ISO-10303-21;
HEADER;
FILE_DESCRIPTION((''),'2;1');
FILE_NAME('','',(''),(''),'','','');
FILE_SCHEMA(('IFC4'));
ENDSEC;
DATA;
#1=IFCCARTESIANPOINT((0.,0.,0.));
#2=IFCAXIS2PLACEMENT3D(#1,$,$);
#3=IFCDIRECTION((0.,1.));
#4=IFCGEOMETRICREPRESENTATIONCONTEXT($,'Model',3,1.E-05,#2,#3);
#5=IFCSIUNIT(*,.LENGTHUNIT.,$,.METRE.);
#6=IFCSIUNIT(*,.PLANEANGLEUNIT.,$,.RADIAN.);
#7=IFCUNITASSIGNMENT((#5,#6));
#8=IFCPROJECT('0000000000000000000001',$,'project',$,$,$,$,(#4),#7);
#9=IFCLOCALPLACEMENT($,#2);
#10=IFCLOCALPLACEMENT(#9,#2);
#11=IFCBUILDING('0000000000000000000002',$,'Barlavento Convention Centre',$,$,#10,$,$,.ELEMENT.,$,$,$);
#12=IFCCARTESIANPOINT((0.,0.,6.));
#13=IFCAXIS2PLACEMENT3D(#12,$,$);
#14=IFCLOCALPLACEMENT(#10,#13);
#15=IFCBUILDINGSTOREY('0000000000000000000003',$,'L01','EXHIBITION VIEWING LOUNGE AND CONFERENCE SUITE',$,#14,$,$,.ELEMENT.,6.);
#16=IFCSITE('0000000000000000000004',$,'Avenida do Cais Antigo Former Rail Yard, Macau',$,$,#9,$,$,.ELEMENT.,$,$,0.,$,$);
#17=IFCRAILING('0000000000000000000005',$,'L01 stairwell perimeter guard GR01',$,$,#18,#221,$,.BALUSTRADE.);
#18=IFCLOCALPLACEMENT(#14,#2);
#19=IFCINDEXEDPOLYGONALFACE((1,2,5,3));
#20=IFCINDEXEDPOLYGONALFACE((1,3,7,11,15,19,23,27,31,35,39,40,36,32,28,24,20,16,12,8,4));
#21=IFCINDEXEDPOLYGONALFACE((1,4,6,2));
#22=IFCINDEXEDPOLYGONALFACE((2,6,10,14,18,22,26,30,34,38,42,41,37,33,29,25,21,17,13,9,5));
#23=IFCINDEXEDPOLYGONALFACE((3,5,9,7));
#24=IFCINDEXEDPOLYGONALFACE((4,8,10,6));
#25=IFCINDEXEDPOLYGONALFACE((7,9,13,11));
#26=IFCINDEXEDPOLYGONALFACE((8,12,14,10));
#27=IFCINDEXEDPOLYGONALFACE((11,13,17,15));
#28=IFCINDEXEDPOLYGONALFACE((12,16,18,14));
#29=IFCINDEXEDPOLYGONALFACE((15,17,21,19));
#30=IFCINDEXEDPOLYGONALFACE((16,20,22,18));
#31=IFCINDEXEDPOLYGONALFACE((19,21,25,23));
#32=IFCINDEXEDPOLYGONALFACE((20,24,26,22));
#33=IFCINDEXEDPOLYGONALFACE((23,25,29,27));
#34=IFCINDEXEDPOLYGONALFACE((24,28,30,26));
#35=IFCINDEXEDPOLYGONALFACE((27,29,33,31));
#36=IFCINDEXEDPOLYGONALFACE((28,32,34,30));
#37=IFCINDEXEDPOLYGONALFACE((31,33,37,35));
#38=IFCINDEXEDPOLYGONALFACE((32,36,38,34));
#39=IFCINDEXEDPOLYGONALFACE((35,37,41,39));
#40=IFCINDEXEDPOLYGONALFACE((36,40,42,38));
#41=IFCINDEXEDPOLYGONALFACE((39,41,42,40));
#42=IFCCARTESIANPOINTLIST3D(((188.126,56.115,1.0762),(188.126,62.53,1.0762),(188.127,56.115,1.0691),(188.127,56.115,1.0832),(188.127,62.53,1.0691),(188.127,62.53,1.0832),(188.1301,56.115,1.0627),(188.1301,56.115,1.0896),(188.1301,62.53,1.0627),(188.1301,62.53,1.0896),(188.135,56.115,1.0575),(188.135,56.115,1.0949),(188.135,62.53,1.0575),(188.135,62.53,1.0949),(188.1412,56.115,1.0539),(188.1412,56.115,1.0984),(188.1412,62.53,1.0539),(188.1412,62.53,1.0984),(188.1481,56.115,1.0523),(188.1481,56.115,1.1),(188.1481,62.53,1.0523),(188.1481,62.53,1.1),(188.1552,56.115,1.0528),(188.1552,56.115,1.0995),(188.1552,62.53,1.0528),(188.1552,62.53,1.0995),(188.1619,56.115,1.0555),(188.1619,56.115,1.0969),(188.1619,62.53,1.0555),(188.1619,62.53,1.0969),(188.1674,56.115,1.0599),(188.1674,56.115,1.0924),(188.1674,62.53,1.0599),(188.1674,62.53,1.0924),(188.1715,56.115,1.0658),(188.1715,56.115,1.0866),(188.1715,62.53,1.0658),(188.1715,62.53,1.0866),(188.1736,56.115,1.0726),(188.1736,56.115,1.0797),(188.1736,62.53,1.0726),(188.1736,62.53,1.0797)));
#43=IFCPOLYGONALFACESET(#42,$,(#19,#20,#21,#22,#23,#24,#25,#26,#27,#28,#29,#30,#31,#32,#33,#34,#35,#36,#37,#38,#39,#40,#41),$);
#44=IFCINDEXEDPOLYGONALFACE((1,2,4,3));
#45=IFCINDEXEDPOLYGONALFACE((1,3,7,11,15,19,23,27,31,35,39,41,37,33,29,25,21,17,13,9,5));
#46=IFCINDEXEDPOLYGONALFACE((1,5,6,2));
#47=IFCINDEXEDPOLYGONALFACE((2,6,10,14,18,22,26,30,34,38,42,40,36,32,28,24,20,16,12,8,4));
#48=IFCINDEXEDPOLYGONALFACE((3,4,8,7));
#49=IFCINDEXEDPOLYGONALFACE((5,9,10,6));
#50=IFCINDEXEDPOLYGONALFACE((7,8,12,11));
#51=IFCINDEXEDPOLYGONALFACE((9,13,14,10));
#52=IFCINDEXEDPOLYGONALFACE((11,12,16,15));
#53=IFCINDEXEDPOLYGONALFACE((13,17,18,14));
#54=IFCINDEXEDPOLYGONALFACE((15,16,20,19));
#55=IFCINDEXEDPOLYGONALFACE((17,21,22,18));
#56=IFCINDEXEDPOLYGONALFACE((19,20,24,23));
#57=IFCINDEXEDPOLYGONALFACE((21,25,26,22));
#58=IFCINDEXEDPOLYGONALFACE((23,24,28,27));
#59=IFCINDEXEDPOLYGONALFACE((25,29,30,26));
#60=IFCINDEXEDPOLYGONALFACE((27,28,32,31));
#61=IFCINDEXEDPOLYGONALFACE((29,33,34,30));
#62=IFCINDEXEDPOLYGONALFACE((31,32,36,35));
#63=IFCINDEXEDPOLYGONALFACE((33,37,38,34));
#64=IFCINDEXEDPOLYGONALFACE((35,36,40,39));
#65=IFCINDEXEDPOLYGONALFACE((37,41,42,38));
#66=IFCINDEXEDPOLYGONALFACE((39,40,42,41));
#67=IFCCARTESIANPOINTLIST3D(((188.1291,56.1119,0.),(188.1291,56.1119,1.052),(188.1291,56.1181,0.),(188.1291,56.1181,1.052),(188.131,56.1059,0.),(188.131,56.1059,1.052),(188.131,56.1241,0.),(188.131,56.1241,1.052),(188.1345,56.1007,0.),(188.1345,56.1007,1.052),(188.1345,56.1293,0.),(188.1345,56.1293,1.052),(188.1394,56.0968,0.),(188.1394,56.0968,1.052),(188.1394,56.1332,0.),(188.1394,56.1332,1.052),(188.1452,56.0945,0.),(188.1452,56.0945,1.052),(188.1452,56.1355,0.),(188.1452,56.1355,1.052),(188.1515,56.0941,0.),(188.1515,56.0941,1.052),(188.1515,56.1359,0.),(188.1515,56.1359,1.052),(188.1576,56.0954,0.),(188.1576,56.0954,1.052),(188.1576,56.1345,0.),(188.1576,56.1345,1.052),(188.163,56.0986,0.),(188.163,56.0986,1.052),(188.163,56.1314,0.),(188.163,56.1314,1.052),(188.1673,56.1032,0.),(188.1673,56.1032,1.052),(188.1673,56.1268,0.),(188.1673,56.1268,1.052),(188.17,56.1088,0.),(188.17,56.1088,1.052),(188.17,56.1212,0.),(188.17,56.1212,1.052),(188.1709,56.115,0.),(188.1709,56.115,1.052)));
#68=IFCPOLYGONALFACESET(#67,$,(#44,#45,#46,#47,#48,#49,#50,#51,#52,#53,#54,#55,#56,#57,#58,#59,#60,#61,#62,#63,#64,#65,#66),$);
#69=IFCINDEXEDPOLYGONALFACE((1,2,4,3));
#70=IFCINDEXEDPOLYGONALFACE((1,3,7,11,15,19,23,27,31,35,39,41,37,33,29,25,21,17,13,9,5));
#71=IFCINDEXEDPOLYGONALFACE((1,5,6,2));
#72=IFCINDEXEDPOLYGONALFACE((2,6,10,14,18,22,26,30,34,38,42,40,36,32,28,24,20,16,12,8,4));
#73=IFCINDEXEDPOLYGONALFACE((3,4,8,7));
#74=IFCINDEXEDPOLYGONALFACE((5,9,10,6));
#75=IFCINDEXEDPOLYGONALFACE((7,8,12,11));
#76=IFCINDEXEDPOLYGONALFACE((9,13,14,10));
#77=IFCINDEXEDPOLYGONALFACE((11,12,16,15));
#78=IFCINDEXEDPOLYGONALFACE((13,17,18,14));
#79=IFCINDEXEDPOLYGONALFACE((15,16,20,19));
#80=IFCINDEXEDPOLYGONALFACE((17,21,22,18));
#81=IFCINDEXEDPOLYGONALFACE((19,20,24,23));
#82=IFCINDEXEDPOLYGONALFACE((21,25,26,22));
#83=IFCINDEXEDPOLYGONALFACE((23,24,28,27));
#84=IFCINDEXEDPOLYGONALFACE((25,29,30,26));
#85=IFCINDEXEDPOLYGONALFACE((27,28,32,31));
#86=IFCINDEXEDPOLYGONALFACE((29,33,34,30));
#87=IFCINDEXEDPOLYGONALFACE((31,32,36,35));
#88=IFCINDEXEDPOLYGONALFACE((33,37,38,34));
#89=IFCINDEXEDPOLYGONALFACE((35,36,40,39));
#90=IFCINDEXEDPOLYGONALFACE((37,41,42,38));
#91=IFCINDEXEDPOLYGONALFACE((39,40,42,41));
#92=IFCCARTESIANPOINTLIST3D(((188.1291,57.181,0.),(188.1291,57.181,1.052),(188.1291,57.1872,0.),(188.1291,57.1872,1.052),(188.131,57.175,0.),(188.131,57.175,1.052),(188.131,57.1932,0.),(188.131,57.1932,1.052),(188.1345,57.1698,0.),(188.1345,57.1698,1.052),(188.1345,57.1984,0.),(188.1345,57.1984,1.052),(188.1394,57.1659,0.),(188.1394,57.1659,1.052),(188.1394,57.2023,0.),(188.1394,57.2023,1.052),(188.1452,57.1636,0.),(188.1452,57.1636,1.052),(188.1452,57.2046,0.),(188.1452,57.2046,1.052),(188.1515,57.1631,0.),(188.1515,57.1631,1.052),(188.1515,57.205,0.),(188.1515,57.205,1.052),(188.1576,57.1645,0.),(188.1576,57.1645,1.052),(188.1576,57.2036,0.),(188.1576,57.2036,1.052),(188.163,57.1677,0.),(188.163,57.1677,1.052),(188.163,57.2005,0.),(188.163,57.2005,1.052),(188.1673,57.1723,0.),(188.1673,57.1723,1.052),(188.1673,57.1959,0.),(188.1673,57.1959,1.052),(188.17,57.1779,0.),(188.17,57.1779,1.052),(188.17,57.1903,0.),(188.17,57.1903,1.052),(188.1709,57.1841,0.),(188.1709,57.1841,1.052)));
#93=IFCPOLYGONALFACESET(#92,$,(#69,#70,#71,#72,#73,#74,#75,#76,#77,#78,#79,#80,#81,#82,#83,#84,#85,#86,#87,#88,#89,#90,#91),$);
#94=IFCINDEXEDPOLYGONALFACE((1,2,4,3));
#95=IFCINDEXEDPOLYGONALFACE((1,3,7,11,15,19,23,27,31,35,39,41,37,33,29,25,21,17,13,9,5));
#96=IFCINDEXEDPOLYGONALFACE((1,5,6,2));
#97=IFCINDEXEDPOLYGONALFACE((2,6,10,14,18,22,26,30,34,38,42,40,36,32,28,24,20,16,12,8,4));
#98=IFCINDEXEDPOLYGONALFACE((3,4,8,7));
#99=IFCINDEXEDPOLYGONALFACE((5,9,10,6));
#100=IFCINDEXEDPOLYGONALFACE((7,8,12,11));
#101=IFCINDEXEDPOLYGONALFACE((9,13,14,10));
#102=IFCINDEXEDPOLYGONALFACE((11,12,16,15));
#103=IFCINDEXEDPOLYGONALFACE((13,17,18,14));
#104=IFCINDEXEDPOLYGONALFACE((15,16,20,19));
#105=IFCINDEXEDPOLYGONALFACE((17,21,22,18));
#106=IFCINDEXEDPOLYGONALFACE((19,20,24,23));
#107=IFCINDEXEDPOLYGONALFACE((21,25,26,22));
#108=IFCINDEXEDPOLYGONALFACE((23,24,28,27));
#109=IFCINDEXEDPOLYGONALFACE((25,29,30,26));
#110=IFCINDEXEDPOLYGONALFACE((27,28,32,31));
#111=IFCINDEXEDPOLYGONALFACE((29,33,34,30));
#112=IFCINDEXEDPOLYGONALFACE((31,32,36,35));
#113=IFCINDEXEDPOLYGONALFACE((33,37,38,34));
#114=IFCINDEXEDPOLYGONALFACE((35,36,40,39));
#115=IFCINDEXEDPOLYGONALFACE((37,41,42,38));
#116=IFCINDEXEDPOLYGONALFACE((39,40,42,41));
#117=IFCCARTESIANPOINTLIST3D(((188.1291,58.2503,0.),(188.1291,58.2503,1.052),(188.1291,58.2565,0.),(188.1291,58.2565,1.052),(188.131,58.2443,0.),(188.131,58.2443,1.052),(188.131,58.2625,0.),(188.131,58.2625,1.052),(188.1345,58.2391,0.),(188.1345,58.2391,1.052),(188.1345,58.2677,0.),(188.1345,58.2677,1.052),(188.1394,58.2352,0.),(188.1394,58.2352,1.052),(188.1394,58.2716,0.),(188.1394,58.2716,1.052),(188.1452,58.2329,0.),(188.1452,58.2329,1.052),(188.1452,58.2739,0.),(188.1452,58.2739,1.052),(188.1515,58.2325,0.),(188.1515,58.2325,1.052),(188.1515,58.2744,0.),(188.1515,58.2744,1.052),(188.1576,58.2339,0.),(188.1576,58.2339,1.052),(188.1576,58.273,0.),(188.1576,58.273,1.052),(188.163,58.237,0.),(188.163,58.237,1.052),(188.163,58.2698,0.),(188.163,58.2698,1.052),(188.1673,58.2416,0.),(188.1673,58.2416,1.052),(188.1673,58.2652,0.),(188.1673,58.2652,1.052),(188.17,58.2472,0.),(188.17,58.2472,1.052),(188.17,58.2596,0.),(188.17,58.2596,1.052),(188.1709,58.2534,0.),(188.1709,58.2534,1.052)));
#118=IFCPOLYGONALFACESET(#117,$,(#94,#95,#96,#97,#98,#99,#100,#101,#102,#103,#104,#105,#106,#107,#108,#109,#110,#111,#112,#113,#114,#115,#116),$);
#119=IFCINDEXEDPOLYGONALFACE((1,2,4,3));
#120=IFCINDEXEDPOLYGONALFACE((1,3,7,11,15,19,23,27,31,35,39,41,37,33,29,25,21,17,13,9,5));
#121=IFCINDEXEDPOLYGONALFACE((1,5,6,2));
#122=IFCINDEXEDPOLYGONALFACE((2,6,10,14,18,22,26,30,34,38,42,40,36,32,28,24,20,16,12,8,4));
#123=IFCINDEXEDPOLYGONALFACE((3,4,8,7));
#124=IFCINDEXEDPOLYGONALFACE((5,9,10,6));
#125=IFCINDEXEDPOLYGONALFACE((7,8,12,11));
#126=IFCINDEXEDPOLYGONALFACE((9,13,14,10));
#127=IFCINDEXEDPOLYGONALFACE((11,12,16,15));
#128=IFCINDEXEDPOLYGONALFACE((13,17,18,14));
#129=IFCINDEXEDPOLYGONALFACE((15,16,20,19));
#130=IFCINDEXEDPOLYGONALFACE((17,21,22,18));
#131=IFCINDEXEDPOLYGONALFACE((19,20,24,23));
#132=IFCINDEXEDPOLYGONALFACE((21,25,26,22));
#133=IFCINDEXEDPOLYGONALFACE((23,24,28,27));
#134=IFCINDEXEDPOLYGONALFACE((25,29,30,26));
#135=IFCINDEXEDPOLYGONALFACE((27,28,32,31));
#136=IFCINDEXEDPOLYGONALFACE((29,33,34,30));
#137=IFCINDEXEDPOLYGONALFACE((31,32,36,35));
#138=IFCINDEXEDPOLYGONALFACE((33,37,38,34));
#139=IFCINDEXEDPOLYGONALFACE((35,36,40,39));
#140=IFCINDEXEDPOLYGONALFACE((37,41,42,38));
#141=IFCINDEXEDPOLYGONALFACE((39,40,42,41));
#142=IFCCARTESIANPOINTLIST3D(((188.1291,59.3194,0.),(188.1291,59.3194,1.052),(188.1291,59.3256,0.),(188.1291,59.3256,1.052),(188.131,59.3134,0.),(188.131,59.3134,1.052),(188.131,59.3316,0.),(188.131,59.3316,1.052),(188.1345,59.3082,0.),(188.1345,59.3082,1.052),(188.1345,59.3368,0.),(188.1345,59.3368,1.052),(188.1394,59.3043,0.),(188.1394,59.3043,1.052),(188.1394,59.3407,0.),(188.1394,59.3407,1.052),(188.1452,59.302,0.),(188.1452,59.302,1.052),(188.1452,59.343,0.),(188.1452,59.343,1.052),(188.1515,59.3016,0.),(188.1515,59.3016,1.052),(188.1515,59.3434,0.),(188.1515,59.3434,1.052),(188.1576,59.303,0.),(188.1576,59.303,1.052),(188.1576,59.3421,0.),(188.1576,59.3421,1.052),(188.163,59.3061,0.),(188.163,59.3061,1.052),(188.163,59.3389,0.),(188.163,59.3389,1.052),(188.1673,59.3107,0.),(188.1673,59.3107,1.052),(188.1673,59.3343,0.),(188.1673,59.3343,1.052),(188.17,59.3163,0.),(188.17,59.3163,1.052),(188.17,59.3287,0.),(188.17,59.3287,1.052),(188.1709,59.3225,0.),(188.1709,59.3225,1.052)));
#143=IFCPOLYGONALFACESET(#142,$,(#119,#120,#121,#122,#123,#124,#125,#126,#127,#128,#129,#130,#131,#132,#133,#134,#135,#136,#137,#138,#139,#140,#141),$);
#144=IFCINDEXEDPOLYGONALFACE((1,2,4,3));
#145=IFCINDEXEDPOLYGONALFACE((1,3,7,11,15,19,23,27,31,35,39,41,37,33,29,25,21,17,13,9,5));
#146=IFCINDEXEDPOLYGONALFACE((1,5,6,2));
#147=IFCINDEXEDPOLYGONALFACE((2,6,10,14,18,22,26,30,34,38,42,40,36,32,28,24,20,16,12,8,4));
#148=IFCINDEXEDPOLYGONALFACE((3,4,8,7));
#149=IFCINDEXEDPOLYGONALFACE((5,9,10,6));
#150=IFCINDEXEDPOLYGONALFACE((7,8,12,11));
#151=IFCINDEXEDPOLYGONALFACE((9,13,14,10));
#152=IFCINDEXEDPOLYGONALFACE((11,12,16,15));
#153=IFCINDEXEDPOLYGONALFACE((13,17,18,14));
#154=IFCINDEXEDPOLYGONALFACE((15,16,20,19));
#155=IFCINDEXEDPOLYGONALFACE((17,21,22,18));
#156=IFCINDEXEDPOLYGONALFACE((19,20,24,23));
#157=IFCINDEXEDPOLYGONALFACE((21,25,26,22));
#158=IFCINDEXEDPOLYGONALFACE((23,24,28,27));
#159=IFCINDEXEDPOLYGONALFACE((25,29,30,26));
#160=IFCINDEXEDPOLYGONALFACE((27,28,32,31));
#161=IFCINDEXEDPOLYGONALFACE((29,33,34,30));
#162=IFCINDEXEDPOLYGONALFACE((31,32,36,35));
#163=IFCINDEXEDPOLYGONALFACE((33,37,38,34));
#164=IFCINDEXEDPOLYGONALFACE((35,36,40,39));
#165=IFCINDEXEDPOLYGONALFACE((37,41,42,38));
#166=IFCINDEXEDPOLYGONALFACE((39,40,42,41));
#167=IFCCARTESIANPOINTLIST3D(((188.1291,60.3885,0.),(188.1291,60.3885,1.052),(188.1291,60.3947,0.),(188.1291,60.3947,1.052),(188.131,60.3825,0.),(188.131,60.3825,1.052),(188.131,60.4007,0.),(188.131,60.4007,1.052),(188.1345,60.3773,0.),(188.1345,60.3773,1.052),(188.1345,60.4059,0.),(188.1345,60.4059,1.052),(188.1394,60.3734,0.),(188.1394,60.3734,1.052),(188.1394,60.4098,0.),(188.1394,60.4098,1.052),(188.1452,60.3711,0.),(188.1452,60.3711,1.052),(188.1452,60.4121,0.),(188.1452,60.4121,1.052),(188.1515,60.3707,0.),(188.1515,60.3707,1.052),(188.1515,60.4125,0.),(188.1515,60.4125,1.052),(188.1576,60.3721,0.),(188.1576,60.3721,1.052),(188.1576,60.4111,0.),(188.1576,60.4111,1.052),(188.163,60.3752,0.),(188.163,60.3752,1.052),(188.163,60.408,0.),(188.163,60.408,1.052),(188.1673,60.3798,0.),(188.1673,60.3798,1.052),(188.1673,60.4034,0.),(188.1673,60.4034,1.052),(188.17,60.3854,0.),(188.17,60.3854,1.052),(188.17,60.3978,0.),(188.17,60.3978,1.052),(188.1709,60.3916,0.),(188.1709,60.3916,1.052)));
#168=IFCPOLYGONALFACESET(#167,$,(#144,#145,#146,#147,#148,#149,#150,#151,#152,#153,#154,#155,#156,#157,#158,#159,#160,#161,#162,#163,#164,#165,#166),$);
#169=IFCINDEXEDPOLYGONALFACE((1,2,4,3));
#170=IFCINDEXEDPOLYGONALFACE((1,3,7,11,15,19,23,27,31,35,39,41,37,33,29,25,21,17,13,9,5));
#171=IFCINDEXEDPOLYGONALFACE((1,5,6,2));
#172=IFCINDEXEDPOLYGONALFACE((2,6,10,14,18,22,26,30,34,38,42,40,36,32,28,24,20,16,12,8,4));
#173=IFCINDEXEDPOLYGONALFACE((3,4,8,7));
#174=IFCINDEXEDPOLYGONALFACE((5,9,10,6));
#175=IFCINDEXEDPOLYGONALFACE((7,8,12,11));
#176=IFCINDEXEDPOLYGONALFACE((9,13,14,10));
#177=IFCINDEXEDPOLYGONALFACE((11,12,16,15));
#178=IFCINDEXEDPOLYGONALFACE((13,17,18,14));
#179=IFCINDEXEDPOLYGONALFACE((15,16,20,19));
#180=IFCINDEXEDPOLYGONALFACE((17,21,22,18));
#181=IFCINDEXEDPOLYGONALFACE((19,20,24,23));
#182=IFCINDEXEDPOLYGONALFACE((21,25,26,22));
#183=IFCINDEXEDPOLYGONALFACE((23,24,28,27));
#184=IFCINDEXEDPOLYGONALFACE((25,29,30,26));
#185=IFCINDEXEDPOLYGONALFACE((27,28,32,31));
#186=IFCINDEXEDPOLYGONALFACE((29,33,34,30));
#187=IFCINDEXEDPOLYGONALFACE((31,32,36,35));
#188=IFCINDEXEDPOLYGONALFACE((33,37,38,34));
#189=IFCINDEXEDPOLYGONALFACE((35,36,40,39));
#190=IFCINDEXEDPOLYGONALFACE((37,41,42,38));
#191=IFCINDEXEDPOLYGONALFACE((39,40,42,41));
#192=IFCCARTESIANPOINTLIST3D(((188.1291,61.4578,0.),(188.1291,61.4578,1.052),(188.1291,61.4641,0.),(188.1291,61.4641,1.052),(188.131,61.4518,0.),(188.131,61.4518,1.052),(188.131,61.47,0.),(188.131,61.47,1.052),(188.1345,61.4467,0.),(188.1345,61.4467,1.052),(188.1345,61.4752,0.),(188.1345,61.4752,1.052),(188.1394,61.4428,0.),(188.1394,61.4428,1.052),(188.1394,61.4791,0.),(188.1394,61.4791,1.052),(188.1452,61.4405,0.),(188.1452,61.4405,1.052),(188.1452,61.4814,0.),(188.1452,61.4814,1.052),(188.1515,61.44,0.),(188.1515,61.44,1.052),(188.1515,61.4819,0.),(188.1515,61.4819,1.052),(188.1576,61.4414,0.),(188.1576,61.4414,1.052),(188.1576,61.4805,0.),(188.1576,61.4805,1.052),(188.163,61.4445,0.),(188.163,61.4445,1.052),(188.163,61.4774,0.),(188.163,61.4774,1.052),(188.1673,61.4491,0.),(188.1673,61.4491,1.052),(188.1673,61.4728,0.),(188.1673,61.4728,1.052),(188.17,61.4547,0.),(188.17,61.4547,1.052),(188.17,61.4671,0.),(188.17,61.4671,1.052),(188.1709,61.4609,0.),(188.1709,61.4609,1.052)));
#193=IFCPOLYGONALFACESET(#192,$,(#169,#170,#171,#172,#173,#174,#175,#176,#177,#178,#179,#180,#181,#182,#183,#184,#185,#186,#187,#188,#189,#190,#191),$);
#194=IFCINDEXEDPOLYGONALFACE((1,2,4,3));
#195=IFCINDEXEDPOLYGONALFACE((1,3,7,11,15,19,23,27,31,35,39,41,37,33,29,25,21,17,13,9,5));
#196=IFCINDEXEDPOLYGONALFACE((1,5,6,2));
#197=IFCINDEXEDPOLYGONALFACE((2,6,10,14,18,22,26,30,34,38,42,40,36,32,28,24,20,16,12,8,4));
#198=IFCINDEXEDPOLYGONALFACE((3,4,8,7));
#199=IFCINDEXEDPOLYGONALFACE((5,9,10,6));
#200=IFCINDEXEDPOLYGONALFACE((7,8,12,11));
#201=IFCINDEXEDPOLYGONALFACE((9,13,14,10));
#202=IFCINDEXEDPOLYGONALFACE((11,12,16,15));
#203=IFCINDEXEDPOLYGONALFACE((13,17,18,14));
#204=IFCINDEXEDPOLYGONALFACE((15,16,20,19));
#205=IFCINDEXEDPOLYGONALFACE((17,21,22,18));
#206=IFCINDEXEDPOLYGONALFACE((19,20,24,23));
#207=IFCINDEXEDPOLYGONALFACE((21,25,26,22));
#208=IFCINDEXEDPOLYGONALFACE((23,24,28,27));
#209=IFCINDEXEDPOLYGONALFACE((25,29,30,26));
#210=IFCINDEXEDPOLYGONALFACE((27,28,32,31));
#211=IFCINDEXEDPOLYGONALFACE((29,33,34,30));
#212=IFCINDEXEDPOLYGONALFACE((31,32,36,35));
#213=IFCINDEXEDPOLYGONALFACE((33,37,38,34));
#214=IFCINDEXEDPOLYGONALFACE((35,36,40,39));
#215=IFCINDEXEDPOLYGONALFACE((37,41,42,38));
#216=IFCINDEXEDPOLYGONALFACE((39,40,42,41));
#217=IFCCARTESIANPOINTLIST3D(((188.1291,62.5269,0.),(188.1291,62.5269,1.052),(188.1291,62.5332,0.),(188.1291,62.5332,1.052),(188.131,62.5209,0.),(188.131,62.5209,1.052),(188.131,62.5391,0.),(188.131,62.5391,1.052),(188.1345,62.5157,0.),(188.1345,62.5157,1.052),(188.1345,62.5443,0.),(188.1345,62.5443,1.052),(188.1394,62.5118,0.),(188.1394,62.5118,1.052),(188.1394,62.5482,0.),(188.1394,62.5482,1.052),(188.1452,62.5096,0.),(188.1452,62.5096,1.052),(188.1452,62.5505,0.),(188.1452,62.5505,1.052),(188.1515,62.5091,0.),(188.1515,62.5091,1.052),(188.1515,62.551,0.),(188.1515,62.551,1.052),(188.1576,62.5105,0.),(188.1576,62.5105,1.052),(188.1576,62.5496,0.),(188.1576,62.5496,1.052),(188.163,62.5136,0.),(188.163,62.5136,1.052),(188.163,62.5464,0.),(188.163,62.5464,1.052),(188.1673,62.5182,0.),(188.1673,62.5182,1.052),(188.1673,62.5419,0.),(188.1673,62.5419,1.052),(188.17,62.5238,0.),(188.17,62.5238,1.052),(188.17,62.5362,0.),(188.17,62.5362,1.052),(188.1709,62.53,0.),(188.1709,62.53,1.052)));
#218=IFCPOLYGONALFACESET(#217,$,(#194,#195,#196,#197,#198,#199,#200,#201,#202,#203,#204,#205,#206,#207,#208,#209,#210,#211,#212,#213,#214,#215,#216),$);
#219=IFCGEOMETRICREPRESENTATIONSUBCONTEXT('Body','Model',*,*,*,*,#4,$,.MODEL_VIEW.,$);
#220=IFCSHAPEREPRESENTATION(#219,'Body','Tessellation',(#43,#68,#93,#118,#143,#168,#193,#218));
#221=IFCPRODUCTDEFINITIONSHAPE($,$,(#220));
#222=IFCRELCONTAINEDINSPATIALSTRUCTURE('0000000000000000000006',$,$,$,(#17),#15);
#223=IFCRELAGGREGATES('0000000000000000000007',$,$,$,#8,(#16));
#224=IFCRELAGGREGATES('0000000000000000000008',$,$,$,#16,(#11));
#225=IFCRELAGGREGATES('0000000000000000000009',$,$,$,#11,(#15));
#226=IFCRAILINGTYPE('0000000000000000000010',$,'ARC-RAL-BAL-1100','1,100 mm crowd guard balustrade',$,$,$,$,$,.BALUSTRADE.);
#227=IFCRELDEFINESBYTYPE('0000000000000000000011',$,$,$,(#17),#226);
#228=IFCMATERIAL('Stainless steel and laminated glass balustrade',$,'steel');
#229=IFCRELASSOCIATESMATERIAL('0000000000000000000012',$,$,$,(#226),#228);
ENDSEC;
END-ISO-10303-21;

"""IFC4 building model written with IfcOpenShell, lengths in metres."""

from ifc_helpers import new_model, si_unit, direction, frame, origin, origin_2d, place, context, subcontext, project, spatial, circle, extrude, material, type_object, element, save


model = new_model("IFC4")

# Units and contexts
model_context = context("Model", 3, precision=1e-05, world=origin(), true_north=direction((0.0, 1.0)))
body_context = subcontext(model_context, "Body", "Model", "MODEL_VIEW")
ifc_project = project(units=[si_unit("LENGTHUNIT", "METRE"), si_unit("PLANEANGLEUNIT", "RADIAN")], contexts=[model_context])

# Site, building, storey
site_placement = place(None, origin())
site = spatial("IfcSite", under=ifc_project, at=site_placement, Name="Avenida do Cais Antigo Former Rail Yard, Macau", CompositionType="ELEMENT", RefElevation=0.0)
building_placement = place(site_placement, origin())
building = spatial("IfcBuilding", under=site, at=building_placement, Name="Barlavento Convention Centre", CompositionType="ELEMENT")
storey_placement = place(building_placement, frame((0.0, 0.0, 6.0)))
storey = spatial("IfcBuildingStorey", under=building, at=storey_placement, Name="L01", Description="EXHIBITION VIEWING LOUNGE AND CONFERENCE SUITE", CompositionType="ELEMENT", Elevation=6.0)

# Railing
ifc_material_1 = material(Name="Stainless steel and laminated glass balustrade", Category="steel")
railing_type_1 = type_object("IfcRailingType", Name="ARC-RAL-BAL-1100", Description="1,100 mm crowd guard balustrade", PredefinedType="BALUSTRADE", material=ifc_material_1)
railing_1_placement = place(storey_placement, frame((188.1499, 56.115, 0.0)))
element("IfcRailing", 1, at=railing_1_placement, inside=storey, type_object=railing_type_1, Name="L01 stairwell perimeter guard GR01", PredefinedType="BALUSTRADE", context=body_context, shape_type="SweptSolid", body=[
    extrude(circle(Radius=0.0239, at=origin_2d()), frame((0.0, 0.0, 1.0762), z_axis=(0.0, 1.0, 0.0), x_axis=(-1.0, 0.0, 0.0)), (0.0, 0.0, 1.0), 6.415),
    extrude(circle(Radius=0.021, at=origin_2d()), origin(), (0.0, 0.0, 1.0), 1.052),
    extrude(circle(Radius=0.021, at=origin_2d()), frame((0.0, 1.0691, 0.0)), (0.0, 0.0, 1.0), 1.052),
    extrude(circle(Radius=0.021, at=origin_2d()), frame((0.0, 2.1384, 0.0)), (0.0, 0.0, 1.0), 1.052),
    extrude(circle(Radius=0.021, at=origin_2d()), frame((0.0, 3.2075, 0.0)), (0.0, 0.0, 1.0), 1.052),
    extrude(circle(Radius=0.021, at=origin_2d()), frame((0.0, 4.2766, 0.0)), (0.0, 0.0, 1.0), 1.052),
    extrude(circle(Radius=0.021, at=origin_2d()), frame((0.0, 5.3459, 0.0)), (0.0, 0.0, 1.0), 1.052),
    extrude(circle(Radius=0.021, at=origin_2d()), frame((0.0, 6.415, 0.0)), (0.0, 0.0, 1.0), 1.052),
])

save(model, "model.ifc")
